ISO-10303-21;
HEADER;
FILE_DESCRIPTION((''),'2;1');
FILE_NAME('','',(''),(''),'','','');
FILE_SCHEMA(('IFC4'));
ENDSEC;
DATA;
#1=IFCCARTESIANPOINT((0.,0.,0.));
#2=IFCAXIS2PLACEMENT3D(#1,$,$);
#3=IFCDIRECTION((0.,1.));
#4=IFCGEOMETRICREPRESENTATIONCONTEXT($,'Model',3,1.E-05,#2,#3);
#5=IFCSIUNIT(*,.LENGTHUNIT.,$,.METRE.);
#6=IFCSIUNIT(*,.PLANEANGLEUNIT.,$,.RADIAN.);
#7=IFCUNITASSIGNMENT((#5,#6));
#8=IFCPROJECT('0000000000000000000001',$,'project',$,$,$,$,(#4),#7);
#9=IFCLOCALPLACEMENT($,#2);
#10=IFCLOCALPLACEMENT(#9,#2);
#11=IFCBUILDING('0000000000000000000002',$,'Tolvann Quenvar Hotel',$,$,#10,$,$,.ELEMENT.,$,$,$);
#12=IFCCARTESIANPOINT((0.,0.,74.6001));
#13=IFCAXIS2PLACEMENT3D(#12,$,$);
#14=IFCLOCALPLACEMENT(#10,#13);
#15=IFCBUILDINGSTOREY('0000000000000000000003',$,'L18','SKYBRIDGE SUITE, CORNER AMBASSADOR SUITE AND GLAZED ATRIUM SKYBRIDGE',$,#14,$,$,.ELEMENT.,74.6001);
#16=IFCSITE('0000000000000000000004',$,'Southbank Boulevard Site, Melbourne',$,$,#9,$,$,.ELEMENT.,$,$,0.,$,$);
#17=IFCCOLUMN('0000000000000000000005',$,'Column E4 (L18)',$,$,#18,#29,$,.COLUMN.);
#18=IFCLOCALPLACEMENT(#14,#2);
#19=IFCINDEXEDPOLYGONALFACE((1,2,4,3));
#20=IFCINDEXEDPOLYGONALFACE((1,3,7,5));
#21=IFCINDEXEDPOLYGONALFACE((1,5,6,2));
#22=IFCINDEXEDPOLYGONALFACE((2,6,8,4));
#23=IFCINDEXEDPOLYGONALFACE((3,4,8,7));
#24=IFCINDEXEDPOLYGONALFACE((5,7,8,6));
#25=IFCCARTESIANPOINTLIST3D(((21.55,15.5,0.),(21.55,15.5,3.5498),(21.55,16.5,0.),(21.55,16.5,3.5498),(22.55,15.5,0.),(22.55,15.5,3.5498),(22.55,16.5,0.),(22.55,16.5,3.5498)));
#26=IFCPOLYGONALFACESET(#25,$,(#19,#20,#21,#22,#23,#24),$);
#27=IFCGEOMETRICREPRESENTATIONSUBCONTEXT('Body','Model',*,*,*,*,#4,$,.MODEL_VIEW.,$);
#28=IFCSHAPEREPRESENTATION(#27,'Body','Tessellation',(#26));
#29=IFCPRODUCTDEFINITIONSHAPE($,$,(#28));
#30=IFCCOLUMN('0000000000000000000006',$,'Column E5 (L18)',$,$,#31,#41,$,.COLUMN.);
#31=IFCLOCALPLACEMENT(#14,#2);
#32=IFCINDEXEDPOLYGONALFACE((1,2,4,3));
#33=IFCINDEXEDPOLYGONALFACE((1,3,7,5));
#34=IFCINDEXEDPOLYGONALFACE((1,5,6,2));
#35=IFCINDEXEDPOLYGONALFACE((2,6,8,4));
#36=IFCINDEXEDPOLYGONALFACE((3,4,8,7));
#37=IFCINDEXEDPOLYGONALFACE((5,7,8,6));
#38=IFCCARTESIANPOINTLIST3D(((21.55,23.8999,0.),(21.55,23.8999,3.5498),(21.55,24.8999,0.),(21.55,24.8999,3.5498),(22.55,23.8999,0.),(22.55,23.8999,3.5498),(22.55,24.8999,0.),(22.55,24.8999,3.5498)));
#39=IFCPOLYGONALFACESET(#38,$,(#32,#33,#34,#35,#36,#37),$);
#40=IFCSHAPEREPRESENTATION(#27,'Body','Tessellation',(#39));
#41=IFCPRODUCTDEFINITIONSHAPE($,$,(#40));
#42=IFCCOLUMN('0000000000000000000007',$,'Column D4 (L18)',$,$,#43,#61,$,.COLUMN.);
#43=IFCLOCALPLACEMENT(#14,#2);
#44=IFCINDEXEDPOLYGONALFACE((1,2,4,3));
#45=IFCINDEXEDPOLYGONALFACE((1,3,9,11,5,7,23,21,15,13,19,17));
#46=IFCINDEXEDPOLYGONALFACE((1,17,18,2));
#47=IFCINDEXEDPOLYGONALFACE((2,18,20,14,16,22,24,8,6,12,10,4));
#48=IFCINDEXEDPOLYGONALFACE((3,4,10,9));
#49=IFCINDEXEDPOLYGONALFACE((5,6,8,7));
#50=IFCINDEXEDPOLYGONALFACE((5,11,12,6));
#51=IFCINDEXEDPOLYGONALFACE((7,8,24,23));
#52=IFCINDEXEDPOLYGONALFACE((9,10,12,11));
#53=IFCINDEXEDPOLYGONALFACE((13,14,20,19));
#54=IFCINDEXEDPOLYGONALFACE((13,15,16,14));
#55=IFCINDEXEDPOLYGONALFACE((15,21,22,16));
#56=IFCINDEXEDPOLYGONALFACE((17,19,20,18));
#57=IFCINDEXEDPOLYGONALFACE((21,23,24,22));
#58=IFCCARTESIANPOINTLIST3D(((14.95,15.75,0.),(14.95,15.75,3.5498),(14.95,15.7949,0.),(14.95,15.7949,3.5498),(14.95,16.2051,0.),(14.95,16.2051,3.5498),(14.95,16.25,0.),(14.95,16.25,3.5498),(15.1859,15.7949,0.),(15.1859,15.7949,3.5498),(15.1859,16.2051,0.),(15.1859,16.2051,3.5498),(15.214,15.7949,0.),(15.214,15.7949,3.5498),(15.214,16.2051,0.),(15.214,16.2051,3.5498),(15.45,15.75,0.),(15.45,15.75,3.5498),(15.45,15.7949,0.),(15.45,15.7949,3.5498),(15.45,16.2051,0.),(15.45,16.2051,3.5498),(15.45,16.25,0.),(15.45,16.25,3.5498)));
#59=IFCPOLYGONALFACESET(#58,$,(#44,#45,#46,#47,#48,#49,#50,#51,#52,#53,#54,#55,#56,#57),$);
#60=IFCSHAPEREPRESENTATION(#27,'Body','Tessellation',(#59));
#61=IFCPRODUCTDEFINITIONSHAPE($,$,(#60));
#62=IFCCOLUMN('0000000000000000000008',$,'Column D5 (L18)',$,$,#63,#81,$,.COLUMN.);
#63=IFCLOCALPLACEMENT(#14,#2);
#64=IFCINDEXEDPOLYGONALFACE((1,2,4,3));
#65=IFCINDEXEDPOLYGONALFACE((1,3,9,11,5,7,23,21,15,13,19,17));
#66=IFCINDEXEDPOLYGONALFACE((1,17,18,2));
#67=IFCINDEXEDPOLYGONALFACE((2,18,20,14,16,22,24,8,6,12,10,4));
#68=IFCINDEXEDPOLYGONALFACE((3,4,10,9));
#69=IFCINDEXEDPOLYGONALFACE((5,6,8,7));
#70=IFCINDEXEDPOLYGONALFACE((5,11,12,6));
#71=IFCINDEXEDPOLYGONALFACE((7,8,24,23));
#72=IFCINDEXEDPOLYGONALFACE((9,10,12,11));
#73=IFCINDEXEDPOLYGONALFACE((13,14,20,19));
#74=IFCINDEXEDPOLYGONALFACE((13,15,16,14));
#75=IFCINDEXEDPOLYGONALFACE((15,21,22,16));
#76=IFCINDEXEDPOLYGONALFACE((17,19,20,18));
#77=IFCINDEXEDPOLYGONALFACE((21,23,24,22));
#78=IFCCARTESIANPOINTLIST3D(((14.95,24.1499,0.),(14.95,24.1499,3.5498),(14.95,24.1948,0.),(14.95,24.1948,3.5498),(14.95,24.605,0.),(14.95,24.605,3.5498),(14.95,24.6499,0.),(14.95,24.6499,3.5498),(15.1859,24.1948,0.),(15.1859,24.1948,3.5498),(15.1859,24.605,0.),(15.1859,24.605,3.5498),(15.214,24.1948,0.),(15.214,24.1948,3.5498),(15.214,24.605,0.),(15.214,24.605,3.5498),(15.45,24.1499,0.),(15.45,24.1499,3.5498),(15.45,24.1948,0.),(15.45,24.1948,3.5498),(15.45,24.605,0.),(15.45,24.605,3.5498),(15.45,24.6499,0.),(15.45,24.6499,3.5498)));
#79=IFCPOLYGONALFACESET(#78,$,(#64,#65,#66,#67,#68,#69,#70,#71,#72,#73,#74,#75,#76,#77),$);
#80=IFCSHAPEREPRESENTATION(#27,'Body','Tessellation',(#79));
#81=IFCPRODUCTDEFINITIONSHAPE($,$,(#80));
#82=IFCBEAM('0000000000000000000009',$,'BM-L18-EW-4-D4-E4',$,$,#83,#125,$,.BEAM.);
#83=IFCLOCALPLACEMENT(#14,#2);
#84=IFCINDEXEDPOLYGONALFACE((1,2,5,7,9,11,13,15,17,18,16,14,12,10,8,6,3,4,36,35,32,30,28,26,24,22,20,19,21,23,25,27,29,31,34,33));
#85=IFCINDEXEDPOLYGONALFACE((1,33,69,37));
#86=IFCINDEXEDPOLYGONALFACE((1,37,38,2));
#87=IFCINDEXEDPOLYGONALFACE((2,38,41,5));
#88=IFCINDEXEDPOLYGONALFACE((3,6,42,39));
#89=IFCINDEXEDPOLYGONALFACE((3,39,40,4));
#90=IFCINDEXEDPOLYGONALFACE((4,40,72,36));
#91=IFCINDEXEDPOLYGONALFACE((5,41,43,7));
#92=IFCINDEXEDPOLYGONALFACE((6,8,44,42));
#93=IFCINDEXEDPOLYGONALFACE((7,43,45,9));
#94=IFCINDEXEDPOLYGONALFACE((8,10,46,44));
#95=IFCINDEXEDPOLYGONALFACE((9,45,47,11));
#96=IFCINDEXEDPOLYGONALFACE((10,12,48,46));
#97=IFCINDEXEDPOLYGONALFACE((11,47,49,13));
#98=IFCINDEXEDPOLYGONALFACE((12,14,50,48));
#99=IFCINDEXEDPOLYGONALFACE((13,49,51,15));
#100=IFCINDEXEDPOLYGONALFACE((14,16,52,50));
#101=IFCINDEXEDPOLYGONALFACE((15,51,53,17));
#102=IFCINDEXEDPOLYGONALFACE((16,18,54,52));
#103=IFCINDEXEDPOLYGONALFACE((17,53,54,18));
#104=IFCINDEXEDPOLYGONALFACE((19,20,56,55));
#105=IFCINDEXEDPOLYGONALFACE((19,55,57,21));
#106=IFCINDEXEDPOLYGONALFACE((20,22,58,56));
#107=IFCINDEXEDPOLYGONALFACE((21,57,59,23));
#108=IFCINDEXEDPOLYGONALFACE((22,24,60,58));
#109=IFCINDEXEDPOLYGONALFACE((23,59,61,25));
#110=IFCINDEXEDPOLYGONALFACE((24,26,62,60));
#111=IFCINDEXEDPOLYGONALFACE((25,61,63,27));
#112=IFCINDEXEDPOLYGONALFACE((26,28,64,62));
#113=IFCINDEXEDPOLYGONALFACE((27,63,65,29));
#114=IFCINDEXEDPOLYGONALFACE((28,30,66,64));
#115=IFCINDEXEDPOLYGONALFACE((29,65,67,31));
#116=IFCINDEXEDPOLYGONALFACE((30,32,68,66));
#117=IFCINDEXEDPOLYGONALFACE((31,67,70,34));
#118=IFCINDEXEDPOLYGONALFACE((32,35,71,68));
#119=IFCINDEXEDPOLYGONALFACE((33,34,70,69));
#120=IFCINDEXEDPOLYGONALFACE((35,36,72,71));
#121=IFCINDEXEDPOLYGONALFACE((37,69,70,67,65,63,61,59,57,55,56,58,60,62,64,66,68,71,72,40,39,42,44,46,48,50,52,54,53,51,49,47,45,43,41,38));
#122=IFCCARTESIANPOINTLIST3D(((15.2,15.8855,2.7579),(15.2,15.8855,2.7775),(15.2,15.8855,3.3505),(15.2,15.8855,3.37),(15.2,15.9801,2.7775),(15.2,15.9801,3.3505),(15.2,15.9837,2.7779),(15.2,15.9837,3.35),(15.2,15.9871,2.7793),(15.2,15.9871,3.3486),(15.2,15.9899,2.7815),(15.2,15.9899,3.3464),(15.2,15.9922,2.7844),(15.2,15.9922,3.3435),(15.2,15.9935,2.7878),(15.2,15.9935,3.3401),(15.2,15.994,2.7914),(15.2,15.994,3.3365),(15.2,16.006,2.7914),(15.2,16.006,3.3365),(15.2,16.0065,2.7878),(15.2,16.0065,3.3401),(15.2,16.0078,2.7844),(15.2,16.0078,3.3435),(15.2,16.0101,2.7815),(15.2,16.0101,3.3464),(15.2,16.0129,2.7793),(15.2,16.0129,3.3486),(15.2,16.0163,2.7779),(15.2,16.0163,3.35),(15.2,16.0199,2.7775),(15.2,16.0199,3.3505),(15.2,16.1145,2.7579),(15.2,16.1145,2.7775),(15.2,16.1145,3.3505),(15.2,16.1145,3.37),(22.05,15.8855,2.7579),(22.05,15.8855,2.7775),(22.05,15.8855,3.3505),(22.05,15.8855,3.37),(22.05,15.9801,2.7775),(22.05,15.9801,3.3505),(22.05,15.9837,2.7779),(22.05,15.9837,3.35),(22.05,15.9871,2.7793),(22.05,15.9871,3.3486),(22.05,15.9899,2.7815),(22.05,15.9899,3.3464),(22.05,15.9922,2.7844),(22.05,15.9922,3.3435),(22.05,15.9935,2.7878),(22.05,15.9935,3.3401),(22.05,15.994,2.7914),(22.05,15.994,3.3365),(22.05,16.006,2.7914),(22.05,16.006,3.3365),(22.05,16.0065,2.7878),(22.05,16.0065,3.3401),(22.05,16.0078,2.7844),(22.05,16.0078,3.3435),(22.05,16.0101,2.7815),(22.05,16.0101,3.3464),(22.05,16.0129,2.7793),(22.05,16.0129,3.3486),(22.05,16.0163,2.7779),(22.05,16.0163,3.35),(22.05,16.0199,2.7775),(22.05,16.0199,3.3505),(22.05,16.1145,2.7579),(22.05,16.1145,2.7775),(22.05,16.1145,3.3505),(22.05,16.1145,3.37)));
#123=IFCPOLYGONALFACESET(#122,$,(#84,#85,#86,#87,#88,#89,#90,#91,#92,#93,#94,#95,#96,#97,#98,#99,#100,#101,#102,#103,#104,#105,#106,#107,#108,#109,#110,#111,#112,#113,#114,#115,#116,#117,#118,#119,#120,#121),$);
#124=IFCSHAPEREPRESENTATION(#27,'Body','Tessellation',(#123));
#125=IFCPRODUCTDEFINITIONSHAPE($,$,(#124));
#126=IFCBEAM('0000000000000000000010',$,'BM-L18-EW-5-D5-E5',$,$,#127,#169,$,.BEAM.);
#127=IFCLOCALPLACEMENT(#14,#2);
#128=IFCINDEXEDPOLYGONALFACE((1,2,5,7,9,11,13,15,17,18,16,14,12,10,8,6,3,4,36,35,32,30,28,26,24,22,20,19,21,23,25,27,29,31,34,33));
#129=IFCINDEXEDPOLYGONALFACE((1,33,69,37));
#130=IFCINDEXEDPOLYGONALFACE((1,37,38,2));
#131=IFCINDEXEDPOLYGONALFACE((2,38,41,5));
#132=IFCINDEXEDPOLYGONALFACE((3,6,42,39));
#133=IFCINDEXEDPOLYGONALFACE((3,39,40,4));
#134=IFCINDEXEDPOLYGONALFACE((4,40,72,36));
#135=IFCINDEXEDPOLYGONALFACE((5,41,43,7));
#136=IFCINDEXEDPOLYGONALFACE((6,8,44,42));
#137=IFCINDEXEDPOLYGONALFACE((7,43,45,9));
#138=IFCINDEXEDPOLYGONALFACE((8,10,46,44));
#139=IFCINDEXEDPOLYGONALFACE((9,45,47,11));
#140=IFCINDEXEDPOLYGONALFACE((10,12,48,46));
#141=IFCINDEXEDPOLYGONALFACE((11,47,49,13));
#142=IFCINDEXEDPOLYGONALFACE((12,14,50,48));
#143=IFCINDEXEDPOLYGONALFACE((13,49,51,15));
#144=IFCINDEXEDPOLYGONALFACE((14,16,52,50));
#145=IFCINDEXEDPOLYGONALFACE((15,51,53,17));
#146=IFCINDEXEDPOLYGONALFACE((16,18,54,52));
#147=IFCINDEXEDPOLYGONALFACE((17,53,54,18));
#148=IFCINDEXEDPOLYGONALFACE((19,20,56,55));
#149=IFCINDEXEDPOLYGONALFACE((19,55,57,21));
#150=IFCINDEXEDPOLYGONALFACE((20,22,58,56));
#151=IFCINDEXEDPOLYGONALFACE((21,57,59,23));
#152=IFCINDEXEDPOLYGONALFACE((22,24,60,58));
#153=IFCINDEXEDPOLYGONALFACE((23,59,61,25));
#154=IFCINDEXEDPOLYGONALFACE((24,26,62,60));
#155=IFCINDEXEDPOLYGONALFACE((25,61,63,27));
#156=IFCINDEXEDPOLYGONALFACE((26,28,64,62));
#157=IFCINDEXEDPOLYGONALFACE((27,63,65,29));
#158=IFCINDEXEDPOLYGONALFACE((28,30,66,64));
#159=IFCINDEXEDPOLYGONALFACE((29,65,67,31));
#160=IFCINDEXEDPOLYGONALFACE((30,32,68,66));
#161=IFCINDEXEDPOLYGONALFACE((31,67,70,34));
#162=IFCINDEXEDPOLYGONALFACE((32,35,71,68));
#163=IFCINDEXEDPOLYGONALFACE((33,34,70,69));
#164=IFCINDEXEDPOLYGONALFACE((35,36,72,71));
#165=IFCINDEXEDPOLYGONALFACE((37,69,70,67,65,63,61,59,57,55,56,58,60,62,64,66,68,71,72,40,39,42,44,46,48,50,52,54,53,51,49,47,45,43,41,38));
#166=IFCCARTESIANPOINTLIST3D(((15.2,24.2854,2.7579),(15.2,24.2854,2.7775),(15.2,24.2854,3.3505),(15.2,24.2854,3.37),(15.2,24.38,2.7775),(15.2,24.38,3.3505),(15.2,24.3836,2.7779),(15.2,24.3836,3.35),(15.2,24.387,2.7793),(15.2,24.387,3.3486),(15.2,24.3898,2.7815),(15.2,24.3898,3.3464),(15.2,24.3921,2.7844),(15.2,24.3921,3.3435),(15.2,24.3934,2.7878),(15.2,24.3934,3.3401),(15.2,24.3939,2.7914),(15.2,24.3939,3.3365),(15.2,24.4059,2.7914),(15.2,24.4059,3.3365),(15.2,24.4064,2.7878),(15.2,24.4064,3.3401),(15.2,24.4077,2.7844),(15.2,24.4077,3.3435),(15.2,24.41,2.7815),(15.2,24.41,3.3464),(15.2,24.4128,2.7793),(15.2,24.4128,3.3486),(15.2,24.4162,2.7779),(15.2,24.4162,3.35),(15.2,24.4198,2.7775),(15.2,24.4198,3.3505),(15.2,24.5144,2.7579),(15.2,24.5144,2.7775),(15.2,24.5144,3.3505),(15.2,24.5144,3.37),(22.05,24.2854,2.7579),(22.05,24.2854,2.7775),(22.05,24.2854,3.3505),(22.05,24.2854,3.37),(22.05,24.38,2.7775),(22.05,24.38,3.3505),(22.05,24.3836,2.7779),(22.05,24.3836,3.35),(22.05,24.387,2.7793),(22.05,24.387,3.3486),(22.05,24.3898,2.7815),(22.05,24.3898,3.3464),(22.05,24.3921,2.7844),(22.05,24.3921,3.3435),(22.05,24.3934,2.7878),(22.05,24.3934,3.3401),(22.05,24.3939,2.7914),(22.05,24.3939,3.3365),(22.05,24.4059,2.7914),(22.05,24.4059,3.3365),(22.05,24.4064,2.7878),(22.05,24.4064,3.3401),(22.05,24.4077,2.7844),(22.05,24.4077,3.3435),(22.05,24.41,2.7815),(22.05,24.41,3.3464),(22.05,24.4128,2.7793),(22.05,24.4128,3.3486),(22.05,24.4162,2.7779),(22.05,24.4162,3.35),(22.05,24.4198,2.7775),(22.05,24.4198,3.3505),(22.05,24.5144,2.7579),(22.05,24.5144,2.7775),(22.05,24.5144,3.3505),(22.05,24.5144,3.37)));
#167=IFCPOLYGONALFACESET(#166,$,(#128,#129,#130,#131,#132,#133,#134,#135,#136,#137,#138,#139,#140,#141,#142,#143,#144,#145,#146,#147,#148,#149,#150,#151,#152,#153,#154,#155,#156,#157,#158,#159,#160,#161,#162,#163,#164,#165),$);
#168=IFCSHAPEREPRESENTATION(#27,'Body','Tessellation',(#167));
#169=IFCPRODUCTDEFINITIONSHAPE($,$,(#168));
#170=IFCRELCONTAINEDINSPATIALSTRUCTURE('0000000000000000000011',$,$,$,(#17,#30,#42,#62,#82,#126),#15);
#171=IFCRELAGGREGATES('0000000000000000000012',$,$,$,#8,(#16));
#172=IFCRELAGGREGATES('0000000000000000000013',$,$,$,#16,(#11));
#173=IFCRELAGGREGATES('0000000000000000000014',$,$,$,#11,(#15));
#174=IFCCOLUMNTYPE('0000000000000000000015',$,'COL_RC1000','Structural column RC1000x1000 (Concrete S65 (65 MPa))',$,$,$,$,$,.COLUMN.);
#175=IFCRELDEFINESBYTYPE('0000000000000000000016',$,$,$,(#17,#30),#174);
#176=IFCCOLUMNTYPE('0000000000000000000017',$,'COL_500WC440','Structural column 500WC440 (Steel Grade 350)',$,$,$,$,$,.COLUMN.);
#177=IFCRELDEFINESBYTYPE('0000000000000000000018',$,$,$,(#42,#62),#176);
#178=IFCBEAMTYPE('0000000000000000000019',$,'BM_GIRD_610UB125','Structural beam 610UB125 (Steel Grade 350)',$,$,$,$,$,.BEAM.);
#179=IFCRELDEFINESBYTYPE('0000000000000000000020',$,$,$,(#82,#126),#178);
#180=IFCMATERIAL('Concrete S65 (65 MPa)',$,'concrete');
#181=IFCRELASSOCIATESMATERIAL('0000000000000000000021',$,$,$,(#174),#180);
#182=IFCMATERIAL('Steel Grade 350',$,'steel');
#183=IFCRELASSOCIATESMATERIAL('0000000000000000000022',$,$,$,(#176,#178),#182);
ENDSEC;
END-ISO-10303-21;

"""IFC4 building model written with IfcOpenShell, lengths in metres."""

from ifc_helpers import new_model, si_unit, direction, frame, origin, origin_2d, place, context, subcontext, project, spatial, rectangle, i_section, extrude, source, transform, mapped, material, material_profile, profile_set, type_object, type_shapes, element, save


model = new_model("IFC4")

# Units and contexts
model_context = context("Model", 3, precision=1e-05, world=origin(), true_north=direction((0.0, 1.0)))
body_context = subcontext(model_context, "Body", "Model", "MODEL_VIEW")
ifc_project = project(units=[si_unit("LENGTHUNIT", "METRE"), si_unit("PLANEANGLEUNIT", "RADIAN")], contexts=[model_context])

# Site, building, storey
site_placement = place(None, origin())
site = spatial("IfcSite", under=ifc_project, at=site_placement, Name="Southbank Boulevard Site, Melbourne", CompositionType="ELEMENT", RefElevation=0.0)
building_placement = place(site_placement, origin())
building = spatial("IfcBuilding", under=site, at=building_placement, Name="Tolvann Quenvar Hotel", CompositionType="ELEMENT")
storey_placement = place(building_placement, frame((0.0, 0.0, 74.6001)))
storey = spatial("IfcBuildingStorey", under=building, at=storey_placement, Name="L18", Description="SKYBRIDGE SUITE, CORNER AMBASSADOR SUITE AND GLAZED ATRIUM SKYBRIDGE", CompositionType="ELEMENT", Elevation=74.6001)

# Columns
ifc_material_1 = material(Name="Concrete S65 (65 MPa)", Category="concrete")
ifc_material_profile_1 = material_profile(ifc_material_1, rectangle(XDim=1.0, YDim=1.0, at=origin_2d()), Name="RC1000x1000")
ifc_profile_set_1 = profile_set([ifc_material_profile_1], Name="Concrete S65 (65 MPa)")
column_type_1 = type_object("IfcColumnType", Name="COL_RC1000", Description="Structural column RC1000x1000 (Concrete S65 (65 MPa))", PredefinedType="COLUMN", material=ifc_profile_set_1)
shared_shape_1 = source(origin(), body_context, "Body", "SweptSolid", [
    extrude(rectangle(XDim=1.0, YDim=1.0, at=origin_2d()), origin(), (0.0, 0.0, 1.0), 3.5498),
])
type_shapes(column_type_1, [shared_shape_1])
for number, where, z_axis, x_axis, name in (
    (1, (22.05, 16.0, 0.0), (0.0, 0.0, 1.0), (1.0, 0.0, 0.0), "Column E4 (L18)"),
    (2, (22.05, 24.3999, 0.0), (0.0, 0.0, 1.0), (1.0, 0.0, 0.0), "Column E5 (L18)"),
):
    element("IfcColumn", number, at=place(storey_placement, frame(where, z_axis=z_axis, x_axis=x_axis)), inside=storey, type_object=column_type_1, Name=name, PredefinedType="COLUMN", context=body_context, shape_type="MappedRepresentation", body=[
        mapped(shared_shape_1, transform((0.0, 0.0, 0.0), x_axis=(1.0, 0.0, 0.0), y_axis=(0.0, 1.0, 0.0), z_axis=(0.0, 0.0, 1.0), scale=1.0)),
    ])
ifc_material_2 = material(Name="Steel Grade 350", Category="steel")
ifc_material_profile_2 = material_profile(ifc_material_2, i_section(OverallWidth=0.5, OverallDepth=0.5, WebThickness=0.0281, FlangeThickness=0.0449, at=origin_2d()), Name="500WC440")
ifc_profile_set_2 = profile_set([ifc_material_profile_2], Name="Steel Grade 350")
column_type_2 = type_object("IfcColumnType", Name="COL_500WC440", Description="Structural column 500WC440 (Steel Grade 350)", PredefinedType="COLUMN", material=ifc_profile_set_2)
shared_shape_2 = source(origin(), body_context, "Body", "SweptSolid", [
    extrude(i_section(OverallWidth=0.5, OverallDepth=0.5, WebThickness=0.0281, FlangeThickness=0.0449, at=origin_2d()), origin(), (0.0, 0.0, 1.0), 3.5498),
])
type_shapes(column_type_2, [shared_shape_2])
for number, where, z_axis, x_axis, name in (
    (3, (15.2, 16.0, 0.0), (0.0, 0.0, 1.0), (1.0, 0.0, 0.0), "Column D4 (L18)"),
    (4, (15.2, 24.3999, 0.0), (0.0, 0.0, 1.0), (1.0, 0.0, 0.0), "Column D5 (L18)"),
):
    element("IfcColumn", number, at=place(storey_placement, frame(where, z_axis=z_axis, x_axis=x_axis)), inside=storey, type_object=column_type_2, Name=name, PredefinedType="COLUMN", context=body_context, shape_type="MappedRepresentation", body=[
        mapped(shared_shape_2, transform((0.0, 0.0, 0.0), x_axis=(1.0, 0.0, 0.0), y_axis=(0.0, 1.0, 0.0), z_axis=(0.0, 0.0, 1.0), scale=1.0)),
    ])

# Beams
ifc_material_profile_3 = material_profile(ifc_material_2, i_section(OverallWidth=0.229, OverallDepth=0.6121, WebThickness=0.012, FlangeThickness=0.0195, FilletRadius=0.0139, at=origin_2d()), Name="610UB125")
ifc_profile_set_3 = profile_set([ifc_material_profile_3], Name="Steel Grade 350")
beam_type_1 = type_object("IfcBeamType", Name="BM_GIRD_610UB125", Description="Structural beam 610UB125 (Steel Grade 350)", PredefinedType="BEAM", material=ifc_profile_set_3)
shared_shape_3 = source(origin(), body_context, "Body", "SweptSolid", [
    extrude(i_section(OverallWidth=0.229, OverallDepth=0.6121, WebThickness=0.012, FlangeThickness=0.0195, FilletRadius=0.0139, at=origin_2d()), origin(), (0.0, 0.0, 1.0), 6.8501),
])
for number, where, z_axis, x_axis, name in (
    (5, (15.2, 16.0, 3.064), (1.0, 0.0, 0.0), (0.0, 1.0, 0.0), "BM-L18-EW-4-D4-E4"),
    (6, (15.2, 24.3999, 3.064), (1.0, 0.0, 0.0), (0.0, 1.0, 0.0), "BM-L18-EW-5-D5-E5"),
):
    element("IfcBeam", number, at=place(storey_placement, frame(where, z_axis=z_axis, x_axis=x_axis)), inside=storey, type_object=beam_type_1, Name=name, PredefinedType="BEAM", context=body_context, shape_type="MappedRepresentation", body=[
        mapped(shared_shape_3, transform((0.0, 0.0, 0.0), x_axis=(1.0, 0.0, 0.0), y_axis=(0.0, 1.0, 0.0), z_axis=(0.0, 0.0, 1.0), scale=1.0)),
    ])

save(model, "model.ifc")
